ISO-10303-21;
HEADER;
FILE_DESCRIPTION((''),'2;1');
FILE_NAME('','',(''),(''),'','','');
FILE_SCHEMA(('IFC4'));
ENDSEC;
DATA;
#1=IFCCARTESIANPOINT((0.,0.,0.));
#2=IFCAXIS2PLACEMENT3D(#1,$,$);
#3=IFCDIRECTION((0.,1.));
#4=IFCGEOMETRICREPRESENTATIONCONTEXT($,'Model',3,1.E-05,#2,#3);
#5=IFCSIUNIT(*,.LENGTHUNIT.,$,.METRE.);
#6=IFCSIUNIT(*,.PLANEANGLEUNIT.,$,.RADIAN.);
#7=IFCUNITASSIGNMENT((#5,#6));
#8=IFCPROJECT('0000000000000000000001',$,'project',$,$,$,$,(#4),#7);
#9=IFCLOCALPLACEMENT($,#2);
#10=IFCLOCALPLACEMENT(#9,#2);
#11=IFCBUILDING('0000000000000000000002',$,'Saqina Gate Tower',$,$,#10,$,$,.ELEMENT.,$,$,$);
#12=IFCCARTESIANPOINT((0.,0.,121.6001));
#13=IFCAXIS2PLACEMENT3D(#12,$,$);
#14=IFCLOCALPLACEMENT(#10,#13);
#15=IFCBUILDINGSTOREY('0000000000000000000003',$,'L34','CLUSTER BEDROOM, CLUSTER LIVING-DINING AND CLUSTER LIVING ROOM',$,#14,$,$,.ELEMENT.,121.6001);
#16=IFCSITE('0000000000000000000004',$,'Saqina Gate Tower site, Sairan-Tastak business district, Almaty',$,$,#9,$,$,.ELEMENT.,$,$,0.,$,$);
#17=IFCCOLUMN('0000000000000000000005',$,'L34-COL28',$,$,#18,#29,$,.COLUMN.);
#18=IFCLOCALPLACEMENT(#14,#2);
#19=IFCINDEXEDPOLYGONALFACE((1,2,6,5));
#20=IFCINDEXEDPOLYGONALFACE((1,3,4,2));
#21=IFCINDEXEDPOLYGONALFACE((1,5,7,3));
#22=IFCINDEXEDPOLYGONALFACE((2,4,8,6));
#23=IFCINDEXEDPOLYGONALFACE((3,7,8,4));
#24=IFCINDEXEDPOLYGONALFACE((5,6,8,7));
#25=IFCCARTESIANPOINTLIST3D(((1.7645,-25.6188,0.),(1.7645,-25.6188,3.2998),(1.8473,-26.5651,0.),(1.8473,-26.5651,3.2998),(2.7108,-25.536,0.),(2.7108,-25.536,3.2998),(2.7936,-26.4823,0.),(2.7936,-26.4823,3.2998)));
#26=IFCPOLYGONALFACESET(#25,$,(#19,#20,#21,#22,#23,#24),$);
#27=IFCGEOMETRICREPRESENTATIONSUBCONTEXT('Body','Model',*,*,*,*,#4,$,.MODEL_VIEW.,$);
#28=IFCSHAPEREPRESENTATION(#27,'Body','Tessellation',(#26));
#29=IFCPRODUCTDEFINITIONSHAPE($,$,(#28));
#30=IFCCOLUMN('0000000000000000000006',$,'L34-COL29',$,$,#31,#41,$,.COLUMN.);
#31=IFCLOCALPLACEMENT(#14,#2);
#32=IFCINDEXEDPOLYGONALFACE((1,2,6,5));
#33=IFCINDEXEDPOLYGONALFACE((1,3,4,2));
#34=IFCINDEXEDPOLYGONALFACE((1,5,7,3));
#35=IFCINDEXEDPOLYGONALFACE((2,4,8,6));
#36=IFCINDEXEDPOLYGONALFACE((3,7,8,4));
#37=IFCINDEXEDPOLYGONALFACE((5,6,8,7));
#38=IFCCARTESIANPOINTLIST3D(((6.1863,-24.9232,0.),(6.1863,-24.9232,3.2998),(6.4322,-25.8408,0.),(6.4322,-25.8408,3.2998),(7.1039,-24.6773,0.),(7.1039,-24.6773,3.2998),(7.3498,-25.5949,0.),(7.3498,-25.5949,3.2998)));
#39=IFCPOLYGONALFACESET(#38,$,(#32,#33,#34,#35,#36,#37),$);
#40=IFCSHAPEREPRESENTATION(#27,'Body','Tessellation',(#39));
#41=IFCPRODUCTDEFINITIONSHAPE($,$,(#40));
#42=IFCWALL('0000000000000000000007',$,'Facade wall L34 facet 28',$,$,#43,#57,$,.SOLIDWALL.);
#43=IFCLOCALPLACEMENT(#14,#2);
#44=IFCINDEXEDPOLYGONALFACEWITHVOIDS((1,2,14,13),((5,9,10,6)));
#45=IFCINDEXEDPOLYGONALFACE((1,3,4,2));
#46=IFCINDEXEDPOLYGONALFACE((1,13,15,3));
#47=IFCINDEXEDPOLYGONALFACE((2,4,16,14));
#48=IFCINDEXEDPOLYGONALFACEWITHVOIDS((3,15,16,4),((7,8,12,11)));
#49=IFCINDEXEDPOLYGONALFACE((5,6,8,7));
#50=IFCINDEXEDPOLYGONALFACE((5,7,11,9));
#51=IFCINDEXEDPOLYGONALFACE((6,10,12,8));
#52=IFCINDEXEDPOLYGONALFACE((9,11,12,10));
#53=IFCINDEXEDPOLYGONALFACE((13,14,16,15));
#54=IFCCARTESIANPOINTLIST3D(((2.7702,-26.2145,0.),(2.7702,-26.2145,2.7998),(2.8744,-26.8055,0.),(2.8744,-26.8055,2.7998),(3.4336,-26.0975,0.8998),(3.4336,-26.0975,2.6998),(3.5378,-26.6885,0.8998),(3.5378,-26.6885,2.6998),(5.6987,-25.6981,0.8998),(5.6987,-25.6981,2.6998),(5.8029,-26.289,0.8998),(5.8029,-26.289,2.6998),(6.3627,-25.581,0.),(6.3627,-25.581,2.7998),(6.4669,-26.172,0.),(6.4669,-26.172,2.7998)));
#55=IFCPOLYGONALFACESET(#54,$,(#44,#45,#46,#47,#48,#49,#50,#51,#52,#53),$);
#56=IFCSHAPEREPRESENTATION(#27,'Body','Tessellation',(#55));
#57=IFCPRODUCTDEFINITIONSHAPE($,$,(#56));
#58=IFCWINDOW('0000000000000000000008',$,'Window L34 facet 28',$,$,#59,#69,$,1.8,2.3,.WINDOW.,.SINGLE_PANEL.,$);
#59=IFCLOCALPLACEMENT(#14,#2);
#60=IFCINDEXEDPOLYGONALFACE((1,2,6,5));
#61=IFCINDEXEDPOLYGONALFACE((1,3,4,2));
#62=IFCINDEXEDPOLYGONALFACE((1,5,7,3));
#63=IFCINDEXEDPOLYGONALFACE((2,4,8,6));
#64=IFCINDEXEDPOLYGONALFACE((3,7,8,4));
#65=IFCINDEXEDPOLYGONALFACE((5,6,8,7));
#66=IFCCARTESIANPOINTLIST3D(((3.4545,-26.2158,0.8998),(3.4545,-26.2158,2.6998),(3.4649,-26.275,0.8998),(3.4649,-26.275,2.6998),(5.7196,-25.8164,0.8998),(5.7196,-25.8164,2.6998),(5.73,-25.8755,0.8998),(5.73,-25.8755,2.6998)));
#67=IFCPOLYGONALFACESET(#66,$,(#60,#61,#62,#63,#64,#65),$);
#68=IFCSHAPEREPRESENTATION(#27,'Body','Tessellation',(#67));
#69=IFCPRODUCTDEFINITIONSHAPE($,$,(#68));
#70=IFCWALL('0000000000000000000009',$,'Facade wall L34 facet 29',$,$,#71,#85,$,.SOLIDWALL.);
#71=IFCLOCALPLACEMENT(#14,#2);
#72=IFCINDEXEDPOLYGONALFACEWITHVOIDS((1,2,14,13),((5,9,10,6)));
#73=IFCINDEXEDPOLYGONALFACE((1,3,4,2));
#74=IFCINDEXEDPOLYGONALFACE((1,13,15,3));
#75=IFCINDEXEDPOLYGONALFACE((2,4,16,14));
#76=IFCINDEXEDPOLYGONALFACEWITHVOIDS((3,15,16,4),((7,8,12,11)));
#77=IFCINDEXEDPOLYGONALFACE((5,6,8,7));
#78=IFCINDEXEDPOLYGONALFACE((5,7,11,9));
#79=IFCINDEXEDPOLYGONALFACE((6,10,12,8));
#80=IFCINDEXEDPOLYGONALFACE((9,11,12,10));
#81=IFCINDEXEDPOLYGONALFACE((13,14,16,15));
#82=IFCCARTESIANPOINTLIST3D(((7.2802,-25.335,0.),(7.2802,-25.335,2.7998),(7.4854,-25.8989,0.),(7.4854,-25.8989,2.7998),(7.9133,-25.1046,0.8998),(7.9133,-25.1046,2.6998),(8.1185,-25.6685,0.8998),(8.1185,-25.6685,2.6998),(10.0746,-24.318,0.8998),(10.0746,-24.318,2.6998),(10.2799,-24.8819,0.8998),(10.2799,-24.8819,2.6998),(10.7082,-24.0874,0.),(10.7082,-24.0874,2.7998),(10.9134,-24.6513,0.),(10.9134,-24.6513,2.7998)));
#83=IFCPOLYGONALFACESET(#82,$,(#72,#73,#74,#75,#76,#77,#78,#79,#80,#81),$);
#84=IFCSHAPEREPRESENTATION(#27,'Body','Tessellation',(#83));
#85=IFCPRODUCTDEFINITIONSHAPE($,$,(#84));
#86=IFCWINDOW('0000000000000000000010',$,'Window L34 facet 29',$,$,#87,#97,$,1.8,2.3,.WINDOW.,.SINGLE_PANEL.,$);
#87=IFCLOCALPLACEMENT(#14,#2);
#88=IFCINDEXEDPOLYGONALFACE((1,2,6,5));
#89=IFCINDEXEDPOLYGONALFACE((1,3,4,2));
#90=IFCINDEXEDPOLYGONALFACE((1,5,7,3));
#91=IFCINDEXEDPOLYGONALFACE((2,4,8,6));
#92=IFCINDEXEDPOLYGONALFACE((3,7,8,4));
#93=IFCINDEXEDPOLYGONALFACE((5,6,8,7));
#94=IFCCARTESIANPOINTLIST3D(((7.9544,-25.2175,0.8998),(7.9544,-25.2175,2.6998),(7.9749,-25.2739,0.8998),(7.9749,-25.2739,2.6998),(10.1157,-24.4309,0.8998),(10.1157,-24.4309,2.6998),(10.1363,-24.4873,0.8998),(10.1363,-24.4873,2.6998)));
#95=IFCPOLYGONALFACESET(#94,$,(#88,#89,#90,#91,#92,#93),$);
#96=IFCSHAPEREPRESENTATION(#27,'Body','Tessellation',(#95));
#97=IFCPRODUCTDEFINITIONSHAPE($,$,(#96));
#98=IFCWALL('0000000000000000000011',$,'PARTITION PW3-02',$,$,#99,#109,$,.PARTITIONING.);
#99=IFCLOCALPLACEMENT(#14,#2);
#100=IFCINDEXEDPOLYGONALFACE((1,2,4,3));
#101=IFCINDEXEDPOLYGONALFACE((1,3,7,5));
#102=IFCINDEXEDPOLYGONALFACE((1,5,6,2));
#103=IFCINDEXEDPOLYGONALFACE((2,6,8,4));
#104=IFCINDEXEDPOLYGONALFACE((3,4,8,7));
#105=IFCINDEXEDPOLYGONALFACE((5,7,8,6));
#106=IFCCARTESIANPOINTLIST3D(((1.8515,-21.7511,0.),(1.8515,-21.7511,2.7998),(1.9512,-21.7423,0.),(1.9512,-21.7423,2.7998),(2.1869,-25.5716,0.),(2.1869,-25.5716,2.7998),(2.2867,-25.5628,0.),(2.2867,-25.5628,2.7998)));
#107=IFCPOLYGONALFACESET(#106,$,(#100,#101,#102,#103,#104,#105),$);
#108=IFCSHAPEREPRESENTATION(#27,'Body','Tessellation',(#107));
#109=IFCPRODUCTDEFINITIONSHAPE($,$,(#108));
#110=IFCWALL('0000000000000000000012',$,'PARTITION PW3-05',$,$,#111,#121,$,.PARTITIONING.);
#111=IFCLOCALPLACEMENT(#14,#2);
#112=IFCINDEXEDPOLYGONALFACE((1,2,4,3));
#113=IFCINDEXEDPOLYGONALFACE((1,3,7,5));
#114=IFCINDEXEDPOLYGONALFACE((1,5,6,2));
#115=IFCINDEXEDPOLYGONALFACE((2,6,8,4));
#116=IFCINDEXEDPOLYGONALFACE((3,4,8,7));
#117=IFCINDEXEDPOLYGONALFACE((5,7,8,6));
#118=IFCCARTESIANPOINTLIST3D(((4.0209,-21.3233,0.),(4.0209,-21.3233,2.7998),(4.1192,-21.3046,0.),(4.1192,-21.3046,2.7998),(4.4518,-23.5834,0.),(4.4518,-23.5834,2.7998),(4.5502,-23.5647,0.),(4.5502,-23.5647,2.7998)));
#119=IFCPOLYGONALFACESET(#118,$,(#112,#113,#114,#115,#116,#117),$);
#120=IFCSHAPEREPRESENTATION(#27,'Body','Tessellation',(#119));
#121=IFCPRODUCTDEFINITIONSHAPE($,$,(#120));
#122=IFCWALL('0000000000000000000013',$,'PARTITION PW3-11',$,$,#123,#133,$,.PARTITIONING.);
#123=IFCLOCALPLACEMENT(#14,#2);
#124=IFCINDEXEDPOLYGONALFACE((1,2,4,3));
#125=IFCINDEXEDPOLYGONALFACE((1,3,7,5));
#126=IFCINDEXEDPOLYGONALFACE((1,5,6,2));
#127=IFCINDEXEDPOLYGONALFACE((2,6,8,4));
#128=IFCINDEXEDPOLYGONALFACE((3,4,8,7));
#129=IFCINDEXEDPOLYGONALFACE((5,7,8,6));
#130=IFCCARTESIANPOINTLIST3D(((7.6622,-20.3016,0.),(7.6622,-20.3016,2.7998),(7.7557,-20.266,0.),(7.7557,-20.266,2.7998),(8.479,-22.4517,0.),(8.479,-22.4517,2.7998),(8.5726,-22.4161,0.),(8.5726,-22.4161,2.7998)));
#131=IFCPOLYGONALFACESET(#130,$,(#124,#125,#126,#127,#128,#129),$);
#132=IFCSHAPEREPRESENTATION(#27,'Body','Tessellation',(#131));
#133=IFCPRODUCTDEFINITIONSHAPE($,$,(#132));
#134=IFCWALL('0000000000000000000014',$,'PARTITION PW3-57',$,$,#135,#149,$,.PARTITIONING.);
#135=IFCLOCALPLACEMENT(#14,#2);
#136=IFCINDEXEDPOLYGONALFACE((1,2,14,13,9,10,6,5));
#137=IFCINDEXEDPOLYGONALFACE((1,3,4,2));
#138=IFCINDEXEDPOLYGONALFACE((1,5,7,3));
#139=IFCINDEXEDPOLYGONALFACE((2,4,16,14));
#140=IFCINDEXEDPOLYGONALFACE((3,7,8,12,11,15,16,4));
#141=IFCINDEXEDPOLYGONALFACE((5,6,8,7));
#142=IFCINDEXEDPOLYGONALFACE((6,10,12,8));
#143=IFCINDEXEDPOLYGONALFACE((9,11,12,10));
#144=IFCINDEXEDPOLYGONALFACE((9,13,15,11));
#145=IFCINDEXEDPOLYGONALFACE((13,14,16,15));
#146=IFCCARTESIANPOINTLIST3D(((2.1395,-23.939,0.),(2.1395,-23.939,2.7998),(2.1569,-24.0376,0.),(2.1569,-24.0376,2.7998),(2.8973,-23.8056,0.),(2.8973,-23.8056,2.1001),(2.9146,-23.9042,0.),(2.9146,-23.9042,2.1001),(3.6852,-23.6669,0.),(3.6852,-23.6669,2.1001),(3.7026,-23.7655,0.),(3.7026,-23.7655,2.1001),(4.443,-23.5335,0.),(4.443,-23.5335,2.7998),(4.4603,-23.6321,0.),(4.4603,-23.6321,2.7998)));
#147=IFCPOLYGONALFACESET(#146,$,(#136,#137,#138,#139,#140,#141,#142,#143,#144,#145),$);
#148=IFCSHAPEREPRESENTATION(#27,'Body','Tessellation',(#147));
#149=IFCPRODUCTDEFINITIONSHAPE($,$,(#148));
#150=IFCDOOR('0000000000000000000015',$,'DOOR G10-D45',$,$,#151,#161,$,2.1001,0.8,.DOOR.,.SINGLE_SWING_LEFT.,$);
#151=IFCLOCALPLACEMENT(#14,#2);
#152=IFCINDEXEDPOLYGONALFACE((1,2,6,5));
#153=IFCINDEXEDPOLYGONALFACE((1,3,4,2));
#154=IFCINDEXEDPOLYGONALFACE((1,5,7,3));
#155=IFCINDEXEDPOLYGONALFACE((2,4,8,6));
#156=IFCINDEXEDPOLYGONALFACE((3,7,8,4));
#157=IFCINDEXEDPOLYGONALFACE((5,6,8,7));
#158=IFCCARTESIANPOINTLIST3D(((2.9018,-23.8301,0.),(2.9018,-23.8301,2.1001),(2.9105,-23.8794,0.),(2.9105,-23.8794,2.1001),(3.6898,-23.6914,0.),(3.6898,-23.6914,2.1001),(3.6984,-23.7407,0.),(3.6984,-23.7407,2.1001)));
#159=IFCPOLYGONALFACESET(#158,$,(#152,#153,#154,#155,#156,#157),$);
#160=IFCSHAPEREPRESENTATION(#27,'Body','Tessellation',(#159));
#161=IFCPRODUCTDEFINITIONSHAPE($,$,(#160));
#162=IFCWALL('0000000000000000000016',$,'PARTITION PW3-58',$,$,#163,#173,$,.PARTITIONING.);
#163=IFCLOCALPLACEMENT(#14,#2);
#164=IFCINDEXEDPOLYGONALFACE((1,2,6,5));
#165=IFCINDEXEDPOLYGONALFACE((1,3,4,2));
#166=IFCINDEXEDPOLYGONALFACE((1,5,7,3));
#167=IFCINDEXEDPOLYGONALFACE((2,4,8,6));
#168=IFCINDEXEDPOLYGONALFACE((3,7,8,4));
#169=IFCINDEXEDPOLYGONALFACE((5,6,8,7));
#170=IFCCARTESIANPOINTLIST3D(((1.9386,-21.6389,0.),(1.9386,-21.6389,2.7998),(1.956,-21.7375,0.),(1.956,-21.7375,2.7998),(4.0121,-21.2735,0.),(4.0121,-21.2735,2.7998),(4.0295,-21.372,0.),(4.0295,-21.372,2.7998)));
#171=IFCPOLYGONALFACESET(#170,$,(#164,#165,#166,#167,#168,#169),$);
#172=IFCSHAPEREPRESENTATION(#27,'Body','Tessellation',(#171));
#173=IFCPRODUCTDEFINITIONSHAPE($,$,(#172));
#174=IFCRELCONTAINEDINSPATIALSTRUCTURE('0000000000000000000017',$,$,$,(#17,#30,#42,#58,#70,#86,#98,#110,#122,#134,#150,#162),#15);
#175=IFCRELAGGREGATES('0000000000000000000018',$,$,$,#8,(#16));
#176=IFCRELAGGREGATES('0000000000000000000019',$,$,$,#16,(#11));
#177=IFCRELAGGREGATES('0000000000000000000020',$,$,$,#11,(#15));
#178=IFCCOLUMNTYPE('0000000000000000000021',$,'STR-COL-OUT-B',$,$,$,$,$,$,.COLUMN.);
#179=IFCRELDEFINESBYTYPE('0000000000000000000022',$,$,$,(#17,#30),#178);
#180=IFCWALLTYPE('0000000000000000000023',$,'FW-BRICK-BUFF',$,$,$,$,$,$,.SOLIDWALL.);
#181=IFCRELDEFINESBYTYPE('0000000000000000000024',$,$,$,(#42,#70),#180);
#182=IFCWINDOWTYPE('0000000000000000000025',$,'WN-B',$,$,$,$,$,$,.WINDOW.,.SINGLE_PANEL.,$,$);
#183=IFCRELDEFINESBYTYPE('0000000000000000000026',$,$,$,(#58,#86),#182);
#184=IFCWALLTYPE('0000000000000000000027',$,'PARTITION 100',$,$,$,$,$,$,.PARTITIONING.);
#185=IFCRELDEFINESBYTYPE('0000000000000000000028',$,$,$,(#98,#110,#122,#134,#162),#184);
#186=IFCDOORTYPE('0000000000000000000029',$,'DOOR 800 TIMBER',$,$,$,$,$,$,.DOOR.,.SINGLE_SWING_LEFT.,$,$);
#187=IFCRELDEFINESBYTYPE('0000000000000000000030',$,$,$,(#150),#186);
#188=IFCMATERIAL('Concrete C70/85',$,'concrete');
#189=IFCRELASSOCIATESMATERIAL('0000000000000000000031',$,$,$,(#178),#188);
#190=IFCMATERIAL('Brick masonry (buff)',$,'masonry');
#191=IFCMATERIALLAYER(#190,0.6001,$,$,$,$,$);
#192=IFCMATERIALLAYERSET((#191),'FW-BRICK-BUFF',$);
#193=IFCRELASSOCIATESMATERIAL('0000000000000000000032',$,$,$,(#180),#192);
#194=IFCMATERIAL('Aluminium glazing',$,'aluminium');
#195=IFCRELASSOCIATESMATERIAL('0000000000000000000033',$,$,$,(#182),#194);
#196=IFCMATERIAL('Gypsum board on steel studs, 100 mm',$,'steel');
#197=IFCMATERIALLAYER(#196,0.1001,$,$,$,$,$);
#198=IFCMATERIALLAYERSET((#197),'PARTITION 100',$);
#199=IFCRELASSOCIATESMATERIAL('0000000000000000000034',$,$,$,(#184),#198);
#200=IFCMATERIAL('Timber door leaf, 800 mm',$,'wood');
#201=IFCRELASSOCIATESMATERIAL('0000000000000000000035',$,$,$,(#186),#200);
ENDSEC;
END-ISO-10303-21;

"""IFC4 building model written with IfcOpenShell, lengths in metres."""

from ifc_helpers import new_model, si_unit, direction, frame, frame_2d, origin, origin_2d, place, context, subcontext, project, spatial, rectangle, extrude, material, layer, layer_set, material_profile, profile_set, type_object, element, fill, save


model = new_model("IFC4")

# Units and contexts
model_context = context("Model", 3, precision=1e-05, world=origin(), true_north=direction((0.0, 1.0)))
body_context = subcontext(model_context, "Body", "Model", "MODEL_VIEW")
ifc_project = project(units=[si_unit("LENGTHUNIT", "METRE"), si_unit("PLANEANGLEUNIT", "RADIAN")], contexts=[model_context])

# Site, building, storey
site_placement = place(None, origin())
site = spatial("IfcSite", under=ifc_project, at=site_placement, Name="Saqina Gate Tower site, Sairan-Tastak business district, Almaty", CompositionType="ELEMENT", RefElevation=0.0)
building_placement = place(site_placement, origin())
building = spatial("IfcBuilding", under=site, at=building_placement, Name="Saqina Gate Tower", CompositionType="ELEMENT")
storey_placement = place(building_placement, frame((0.0, 0.0, 121.6001)))
storey = spatial("IfcBuildingStorey", under=building, at=storey_placement, Name="L34", Description="CLUSTER BEDROOM, CLUSTER LIVING-DINING AND CLUSTER LIVING ROOM", CompositionType="ELEMENT", Elevation=121.6001)

# Columns
ifc_material_1 = material(Name="Concrete C70/85", Category="concrete")
ifc_material_profile = material_profile(ifc_material_1, rectangle(XDim=0.95, YDim=0.95, at=origin_2d()), Name="RC 950x950")
ifc_profile_set = profile_set([ifc_material_profile], Name="Concrete C70/85")
column_type = type_object("IfcColumnType", Name="STR-COL-OUT-B", PredefinedType="COLUMN", material=ifc_profile_set)
for number, where, z_axis, x_axis, name in (
    (1, (2.2791, -26.0505, 0.0), (0.0, 0.0, 1.0), (0.087156, -0.996195, 0.0), "L34-COL28"),
    (2, (6.7681, -25.259, 0.0), (0.0, 0.0, 1.0), (0.258819, -0.965926, 0.0), "L34-COL29"),
):
    element("IfcColumn", number, at=place(storey_placement, frame(where, z_axis=z_axis, x_axis=x_axis)), inside=storey, type_object=column_type, Name=name, PredefinedType="COLUMN", context=body_context, shape_type="SweptSolid", body=[
        extrude(rectangle(XDim=0.95, YDim=0.95, at=origin_2d()), origin(), (0.0, 0.0, 1.0), 3.2998),
    ])

# Walls, openings, windows
ifc_material_2 = material(Name="Brick masonry (buff)", Category="masonry")
ifc_layer_1 = layer(ifc_material_2, 0.6001)
ifc_layer_set_1 = layer_set([ifc_layer_1], Name="FW-BRICK-BUFF")
wall_type_1 = type_object("IfcWallType", Name="FW-BRICK-BUFF", PredefinedType="SOLIDWALL", material=ifc_layer_set_1)
wall_1_placement = place(storey_placement, frame((2.8223, -26.51, 0.0), z_axis=(0.0, 0.0, 1.0), x_axis=(0.984804, 0.173671, 0.0)))
wall_1 = element("IfcWall", 3, at=wall_1_placement, inside=storey, type_object=wall_type_1, Name="Facade wall L34 facet 28", PredefinedType="SOLIDWALL", context=body_context, shape_type="SweptSolid", body=[
    extrude(rectangle(XDim=3.6479, YDim=0.6001, at=frame_2d((1.824, 0.0))), origin(), (0.0, 0.0, 1.0), 2.7998),
])
opening_1_placement = place(wall_1_placement, frame((0.6738, 0.0, 0.8999)))
opening_1 = element("IfcOpeningElement", 4, at=opening_1_placement, cuts=wall_1, PredefinedType="OPENING", context=body_context, shape_type="SweptSolid", body=[
    extrude(rectangle(XDim=2.3, YDim=1.8, at=frame_2d((1.1499, 0.8999))), frame((0.0, 0.312, 0.0), z_axis=(0.0, -1.0, 0.0), x_axis=(1.0, 0.0, 0.0)), (0.0, 0.0, 1.0), 0.624),
])
ifc_material_3 = material(Name="Aluminium glazing", Category="aluminium")
window_type = type_object("IfcWindowType", Name="WN-B", PartitioningType="SINGLE_PANEL", PredefinedType="WINDOW", material=ifc_material_3)
window_1_placement = place(opening_1_placement, origin())
window_1 = element("IfcWindow", 5, at=window_1_placement, inside=storey, type_object=window_type, Name="Window L34 facet 28", OverallHeight=1.8, OverallWidth=2.3, PartitioningType="SINGLE_PANEL", PredefinedType="WINDOW", context=body_context, shape_type="SweptSolid", body=[
    extrude(rectangle(XDim=2.3, YDim=1.8, at=frame_2d((1.1499, 0.8999))), frame((0.0, 0.1799, 0.0), z_axis=(0.0, -1.0, 0.0), x_axis=(1.0, 0.0, 0.0)), (0.0, 0.0, 1.0), 0.0601),
])
fill(opening_1, window_1)
wall_2_placement = place(storey_placement, frame((7.3828, -25.6169, 0.0), z_axis=(0.0, 0.0, 1.0), x_axis=(0.939704, 0.34199, 0.0)))
wall_2 = element("IfcWall", 6, at=wall_2_placement, inside=storey, type_object=wall_type_1, Name="Facade wall L34 facet 29", PredefinedType="SOLIDWALL", context=body_context, shape_type="SweptSolid", body=[
    extrude(rectangle(XDim=3.6479, YDim=0.6001, at=frame_2d((1.824, 0.0))), origin(), (0.0, 0.0, 1.0), 2.7998),
])
opening_2_placement = place(wall_2_placement, frame((0.6738, 0.0, 0.8999)))
opening_2 = element("IfcOpeningElement", 7, at=opening_2_placement, cuts=wall_2, PredefinedType="OPENING", context=body_context, shape_type="SweptSolid", body=[
    extrude(rectangle(XDim=2.3, YDim=1.8, at=frame_2d((1.1499, 0.8999))), frame((0.0, 0.312, 0.0), z_axis=(0.0, -1.0, 0.0), x_axis=(1.0, 0.0, 0.0)), (0.0, 0.0, 1.0), 0.624),
])
window_2_placement = place(opening_2_placement, origin())
window_2 = element("IfcWindow", 8, at=window_2_placement, inside=storey, type_object=window_type, Name="Window L34 facet 29", OverallHeight=1.8, OverallWidth=2.3, PartitioningType="SINGLE_PANEL", PredefinedType="WINDOW", context=body_context, shape_type="SweptSolid", body=[
    extrude(rectangle(XDim=2.3, YDim=1.8, at=frame_2d((1.1499, 0.8999))), frame((0.0, 0.1799, 0.0), z_axis=(0.0, -1.0, 0.0), x_axis=(1.0, 0.0, 0.0)), (0.0, 0.0, 1.0), 0.0601),
])
fill(opening_2, window_2)

# Walls
ifc_material_4 = material(Name="Gypsum board on steel studs, 100 mm", Category="steel")
ifc_layer_2 = layer(ifc_material_4, 0.1001)
ifc_layer_set_2 = layer_set([ifc_layer_2], Name="PARTITION 100")
wall_type_2 = type_object("IfcWallType", Name="PARTITION 100", PredefinedType="PARTITIONING", material=ifc_layer_set_2)
wall_3_placement = place(storey_placement, frame((1.9014, -21.7468, 0.0), z_axis=(0.0, 0.0, 1.0), x_axis=(0.087465, -0.996168, 0.0)))
element("IfcWall", 9, at=wall_3_placement, inside=storey, type_object=wall_type_2, Name="PARTITION PW3-02", PredefinedType="PARTITIONING", context=body_context, shape_type="SweptSolid", body=[
    extrude(rectangle(XDim=3.8352, YDim=0.1001, at=frame_2d((1.9175, 0.0))), origin(), (0.0, 0.0, 1.0), 2.7998),
])
wall_4_placement = place(storey_placement, frame((4.0701, -21.314, 0.0), z_axis=(0.0, 0.0, 1.0), x_axis=(0.187293, -0.982304, 0.0)))
element("IfcWall", 10, at=wall_4_placement, inside=storey, type_object=wall_type_2, Name="PARTITION PW3-05", PredefinedType="PARTITIONING", context=body_context, shape_type="SweptSolid", body=[
    extrude(rectangle(XDim=2.3008, YDim=0.1001, at=frame_2d((1.1504, 0.0))), origin(), (0.0, 0.0, 1.0), 2.7998),
])
wall_5_placement = place(storey_placement, frame((7.709, -20.2839, 0.0), z_axis=(0.0, 0.0, 1.0), x_axis=(0.355157, -0.934807, 0.0)))
element("IfcWall", 11, at=wall_5_placement, inside=storey, type_object=wall_type_2, Name="PARTITION PW3-11", PredefinedType="PARTITIONING", context=body_context, shape_type="SweptSolid", body=[
    extrude(rectangle(XDim=2.3, YDim=0.1001, at=frame_2d((1.1499, 0.0))), origin(), (0.0, 0.0, 1.0), 2.7998),
])

# Wall, opening, door
wall_6_placement = place(storey_placement, frame((2.1482, -23.9883, 0.0), z_axis=(0.0, 0.0, 1.0), x_axis=(0.984855, 0.17338, 0.0)))
wall_6 = element("IfcWall", 12, at=wall_6_placement, inside=storey, type_object=wall_type_2, Name="PARTITION PW3-57", PredefinedType="PARTITIONING", context=body_context, shape_type="SweptSolid", body=[
    extrude(rectangle(XDim=2.3389, YDim=0.1001, at=frame_2d((1.1694, 0.0))), origin(), (0.0, 0.0, 1.0), 2.7998),
])
opening_3_placement = place(wall_6_placement, frame((0.7695, 0.0, 0.0)))
opening_3 = element("IfcOpeningElement", 13, at=opening_3_placement, cuts=wall_6, PredefinedType="OPENING", context=body_context, shape_type="SweptSolid", body=[
    extrude(rectangle(XDim=0.8, YDim=2.1001, at=frame_2d((0.3999, 1.05))), frame((0.0, 0.062, 0.0), z_axis=(0.0, -1.0, 0.0), x_axis=(1.0, 0.0, 0.0)), (0.0, 0.0, 1.0), 0.124),
])
ifc_material_5 = material(Name="Timber door leaf, 800 mm", Category="wood")
door_type_1 = type_object("IfcDoorType", Name="DOOR 800 TIMBER", OperationType="SINGLE_SWING_LEFT", PredefinedType="DOOR", material=ifc_material_5)
door_1_placement = place(opening_3_placement, frame((0.8, 0.0, 0.0), z_axis=(0.0, 0.0, 1.0), x_axis=(-1.0, 0.0, 0.0)))
door_1 = element("IfcDoor", 14, at=door_1_placement, inside=storey, type_object=door_type_1, Name="DOOR G10-D45", OperationType="SINGLE_SWING_LEFT", OverallHeight=2.1001, OverallWidth=0.8, PredefinedType="DOOR", context=body_context, shape_type="SweptSolid", body=[
    extrude(rectangle(XDim=0.8, YDim=2.1001, at=frame_2d((0.3999, 1.05))), frame((0.0, 0.0249, 0.0), z_axis=(0.0, -1.0, 0.0), x_axis=(1.0, 0.0, 0.0)), (0.0, 0.0, 1.0), 0.05),
])
fill(opening_3, door_1)

# Wall
wall_7_placement = place(storey_placement, frame((1.9473, -21.6882, 0.0), z_axis=(0.0, 0.0, 1.0), x_axis=(0.984819, 0.173587, 0.0)))
element("IfcWall", 15, at=wall_7_placement, inside=storey, type_object=wall_type_2, Name="PARTITION PW3-58", PredefinedType="PARTITIONING", context=body_context, shape_type="SweptSolid", body=[
    extrude(rectangle(XDim=2.1055, YDim=0.1001, at=frame_2d((1.0527, 0.0))), origin(), (0.0, 0.0, 1.0), 2.7998),
])

save(model, "model.ifc")
